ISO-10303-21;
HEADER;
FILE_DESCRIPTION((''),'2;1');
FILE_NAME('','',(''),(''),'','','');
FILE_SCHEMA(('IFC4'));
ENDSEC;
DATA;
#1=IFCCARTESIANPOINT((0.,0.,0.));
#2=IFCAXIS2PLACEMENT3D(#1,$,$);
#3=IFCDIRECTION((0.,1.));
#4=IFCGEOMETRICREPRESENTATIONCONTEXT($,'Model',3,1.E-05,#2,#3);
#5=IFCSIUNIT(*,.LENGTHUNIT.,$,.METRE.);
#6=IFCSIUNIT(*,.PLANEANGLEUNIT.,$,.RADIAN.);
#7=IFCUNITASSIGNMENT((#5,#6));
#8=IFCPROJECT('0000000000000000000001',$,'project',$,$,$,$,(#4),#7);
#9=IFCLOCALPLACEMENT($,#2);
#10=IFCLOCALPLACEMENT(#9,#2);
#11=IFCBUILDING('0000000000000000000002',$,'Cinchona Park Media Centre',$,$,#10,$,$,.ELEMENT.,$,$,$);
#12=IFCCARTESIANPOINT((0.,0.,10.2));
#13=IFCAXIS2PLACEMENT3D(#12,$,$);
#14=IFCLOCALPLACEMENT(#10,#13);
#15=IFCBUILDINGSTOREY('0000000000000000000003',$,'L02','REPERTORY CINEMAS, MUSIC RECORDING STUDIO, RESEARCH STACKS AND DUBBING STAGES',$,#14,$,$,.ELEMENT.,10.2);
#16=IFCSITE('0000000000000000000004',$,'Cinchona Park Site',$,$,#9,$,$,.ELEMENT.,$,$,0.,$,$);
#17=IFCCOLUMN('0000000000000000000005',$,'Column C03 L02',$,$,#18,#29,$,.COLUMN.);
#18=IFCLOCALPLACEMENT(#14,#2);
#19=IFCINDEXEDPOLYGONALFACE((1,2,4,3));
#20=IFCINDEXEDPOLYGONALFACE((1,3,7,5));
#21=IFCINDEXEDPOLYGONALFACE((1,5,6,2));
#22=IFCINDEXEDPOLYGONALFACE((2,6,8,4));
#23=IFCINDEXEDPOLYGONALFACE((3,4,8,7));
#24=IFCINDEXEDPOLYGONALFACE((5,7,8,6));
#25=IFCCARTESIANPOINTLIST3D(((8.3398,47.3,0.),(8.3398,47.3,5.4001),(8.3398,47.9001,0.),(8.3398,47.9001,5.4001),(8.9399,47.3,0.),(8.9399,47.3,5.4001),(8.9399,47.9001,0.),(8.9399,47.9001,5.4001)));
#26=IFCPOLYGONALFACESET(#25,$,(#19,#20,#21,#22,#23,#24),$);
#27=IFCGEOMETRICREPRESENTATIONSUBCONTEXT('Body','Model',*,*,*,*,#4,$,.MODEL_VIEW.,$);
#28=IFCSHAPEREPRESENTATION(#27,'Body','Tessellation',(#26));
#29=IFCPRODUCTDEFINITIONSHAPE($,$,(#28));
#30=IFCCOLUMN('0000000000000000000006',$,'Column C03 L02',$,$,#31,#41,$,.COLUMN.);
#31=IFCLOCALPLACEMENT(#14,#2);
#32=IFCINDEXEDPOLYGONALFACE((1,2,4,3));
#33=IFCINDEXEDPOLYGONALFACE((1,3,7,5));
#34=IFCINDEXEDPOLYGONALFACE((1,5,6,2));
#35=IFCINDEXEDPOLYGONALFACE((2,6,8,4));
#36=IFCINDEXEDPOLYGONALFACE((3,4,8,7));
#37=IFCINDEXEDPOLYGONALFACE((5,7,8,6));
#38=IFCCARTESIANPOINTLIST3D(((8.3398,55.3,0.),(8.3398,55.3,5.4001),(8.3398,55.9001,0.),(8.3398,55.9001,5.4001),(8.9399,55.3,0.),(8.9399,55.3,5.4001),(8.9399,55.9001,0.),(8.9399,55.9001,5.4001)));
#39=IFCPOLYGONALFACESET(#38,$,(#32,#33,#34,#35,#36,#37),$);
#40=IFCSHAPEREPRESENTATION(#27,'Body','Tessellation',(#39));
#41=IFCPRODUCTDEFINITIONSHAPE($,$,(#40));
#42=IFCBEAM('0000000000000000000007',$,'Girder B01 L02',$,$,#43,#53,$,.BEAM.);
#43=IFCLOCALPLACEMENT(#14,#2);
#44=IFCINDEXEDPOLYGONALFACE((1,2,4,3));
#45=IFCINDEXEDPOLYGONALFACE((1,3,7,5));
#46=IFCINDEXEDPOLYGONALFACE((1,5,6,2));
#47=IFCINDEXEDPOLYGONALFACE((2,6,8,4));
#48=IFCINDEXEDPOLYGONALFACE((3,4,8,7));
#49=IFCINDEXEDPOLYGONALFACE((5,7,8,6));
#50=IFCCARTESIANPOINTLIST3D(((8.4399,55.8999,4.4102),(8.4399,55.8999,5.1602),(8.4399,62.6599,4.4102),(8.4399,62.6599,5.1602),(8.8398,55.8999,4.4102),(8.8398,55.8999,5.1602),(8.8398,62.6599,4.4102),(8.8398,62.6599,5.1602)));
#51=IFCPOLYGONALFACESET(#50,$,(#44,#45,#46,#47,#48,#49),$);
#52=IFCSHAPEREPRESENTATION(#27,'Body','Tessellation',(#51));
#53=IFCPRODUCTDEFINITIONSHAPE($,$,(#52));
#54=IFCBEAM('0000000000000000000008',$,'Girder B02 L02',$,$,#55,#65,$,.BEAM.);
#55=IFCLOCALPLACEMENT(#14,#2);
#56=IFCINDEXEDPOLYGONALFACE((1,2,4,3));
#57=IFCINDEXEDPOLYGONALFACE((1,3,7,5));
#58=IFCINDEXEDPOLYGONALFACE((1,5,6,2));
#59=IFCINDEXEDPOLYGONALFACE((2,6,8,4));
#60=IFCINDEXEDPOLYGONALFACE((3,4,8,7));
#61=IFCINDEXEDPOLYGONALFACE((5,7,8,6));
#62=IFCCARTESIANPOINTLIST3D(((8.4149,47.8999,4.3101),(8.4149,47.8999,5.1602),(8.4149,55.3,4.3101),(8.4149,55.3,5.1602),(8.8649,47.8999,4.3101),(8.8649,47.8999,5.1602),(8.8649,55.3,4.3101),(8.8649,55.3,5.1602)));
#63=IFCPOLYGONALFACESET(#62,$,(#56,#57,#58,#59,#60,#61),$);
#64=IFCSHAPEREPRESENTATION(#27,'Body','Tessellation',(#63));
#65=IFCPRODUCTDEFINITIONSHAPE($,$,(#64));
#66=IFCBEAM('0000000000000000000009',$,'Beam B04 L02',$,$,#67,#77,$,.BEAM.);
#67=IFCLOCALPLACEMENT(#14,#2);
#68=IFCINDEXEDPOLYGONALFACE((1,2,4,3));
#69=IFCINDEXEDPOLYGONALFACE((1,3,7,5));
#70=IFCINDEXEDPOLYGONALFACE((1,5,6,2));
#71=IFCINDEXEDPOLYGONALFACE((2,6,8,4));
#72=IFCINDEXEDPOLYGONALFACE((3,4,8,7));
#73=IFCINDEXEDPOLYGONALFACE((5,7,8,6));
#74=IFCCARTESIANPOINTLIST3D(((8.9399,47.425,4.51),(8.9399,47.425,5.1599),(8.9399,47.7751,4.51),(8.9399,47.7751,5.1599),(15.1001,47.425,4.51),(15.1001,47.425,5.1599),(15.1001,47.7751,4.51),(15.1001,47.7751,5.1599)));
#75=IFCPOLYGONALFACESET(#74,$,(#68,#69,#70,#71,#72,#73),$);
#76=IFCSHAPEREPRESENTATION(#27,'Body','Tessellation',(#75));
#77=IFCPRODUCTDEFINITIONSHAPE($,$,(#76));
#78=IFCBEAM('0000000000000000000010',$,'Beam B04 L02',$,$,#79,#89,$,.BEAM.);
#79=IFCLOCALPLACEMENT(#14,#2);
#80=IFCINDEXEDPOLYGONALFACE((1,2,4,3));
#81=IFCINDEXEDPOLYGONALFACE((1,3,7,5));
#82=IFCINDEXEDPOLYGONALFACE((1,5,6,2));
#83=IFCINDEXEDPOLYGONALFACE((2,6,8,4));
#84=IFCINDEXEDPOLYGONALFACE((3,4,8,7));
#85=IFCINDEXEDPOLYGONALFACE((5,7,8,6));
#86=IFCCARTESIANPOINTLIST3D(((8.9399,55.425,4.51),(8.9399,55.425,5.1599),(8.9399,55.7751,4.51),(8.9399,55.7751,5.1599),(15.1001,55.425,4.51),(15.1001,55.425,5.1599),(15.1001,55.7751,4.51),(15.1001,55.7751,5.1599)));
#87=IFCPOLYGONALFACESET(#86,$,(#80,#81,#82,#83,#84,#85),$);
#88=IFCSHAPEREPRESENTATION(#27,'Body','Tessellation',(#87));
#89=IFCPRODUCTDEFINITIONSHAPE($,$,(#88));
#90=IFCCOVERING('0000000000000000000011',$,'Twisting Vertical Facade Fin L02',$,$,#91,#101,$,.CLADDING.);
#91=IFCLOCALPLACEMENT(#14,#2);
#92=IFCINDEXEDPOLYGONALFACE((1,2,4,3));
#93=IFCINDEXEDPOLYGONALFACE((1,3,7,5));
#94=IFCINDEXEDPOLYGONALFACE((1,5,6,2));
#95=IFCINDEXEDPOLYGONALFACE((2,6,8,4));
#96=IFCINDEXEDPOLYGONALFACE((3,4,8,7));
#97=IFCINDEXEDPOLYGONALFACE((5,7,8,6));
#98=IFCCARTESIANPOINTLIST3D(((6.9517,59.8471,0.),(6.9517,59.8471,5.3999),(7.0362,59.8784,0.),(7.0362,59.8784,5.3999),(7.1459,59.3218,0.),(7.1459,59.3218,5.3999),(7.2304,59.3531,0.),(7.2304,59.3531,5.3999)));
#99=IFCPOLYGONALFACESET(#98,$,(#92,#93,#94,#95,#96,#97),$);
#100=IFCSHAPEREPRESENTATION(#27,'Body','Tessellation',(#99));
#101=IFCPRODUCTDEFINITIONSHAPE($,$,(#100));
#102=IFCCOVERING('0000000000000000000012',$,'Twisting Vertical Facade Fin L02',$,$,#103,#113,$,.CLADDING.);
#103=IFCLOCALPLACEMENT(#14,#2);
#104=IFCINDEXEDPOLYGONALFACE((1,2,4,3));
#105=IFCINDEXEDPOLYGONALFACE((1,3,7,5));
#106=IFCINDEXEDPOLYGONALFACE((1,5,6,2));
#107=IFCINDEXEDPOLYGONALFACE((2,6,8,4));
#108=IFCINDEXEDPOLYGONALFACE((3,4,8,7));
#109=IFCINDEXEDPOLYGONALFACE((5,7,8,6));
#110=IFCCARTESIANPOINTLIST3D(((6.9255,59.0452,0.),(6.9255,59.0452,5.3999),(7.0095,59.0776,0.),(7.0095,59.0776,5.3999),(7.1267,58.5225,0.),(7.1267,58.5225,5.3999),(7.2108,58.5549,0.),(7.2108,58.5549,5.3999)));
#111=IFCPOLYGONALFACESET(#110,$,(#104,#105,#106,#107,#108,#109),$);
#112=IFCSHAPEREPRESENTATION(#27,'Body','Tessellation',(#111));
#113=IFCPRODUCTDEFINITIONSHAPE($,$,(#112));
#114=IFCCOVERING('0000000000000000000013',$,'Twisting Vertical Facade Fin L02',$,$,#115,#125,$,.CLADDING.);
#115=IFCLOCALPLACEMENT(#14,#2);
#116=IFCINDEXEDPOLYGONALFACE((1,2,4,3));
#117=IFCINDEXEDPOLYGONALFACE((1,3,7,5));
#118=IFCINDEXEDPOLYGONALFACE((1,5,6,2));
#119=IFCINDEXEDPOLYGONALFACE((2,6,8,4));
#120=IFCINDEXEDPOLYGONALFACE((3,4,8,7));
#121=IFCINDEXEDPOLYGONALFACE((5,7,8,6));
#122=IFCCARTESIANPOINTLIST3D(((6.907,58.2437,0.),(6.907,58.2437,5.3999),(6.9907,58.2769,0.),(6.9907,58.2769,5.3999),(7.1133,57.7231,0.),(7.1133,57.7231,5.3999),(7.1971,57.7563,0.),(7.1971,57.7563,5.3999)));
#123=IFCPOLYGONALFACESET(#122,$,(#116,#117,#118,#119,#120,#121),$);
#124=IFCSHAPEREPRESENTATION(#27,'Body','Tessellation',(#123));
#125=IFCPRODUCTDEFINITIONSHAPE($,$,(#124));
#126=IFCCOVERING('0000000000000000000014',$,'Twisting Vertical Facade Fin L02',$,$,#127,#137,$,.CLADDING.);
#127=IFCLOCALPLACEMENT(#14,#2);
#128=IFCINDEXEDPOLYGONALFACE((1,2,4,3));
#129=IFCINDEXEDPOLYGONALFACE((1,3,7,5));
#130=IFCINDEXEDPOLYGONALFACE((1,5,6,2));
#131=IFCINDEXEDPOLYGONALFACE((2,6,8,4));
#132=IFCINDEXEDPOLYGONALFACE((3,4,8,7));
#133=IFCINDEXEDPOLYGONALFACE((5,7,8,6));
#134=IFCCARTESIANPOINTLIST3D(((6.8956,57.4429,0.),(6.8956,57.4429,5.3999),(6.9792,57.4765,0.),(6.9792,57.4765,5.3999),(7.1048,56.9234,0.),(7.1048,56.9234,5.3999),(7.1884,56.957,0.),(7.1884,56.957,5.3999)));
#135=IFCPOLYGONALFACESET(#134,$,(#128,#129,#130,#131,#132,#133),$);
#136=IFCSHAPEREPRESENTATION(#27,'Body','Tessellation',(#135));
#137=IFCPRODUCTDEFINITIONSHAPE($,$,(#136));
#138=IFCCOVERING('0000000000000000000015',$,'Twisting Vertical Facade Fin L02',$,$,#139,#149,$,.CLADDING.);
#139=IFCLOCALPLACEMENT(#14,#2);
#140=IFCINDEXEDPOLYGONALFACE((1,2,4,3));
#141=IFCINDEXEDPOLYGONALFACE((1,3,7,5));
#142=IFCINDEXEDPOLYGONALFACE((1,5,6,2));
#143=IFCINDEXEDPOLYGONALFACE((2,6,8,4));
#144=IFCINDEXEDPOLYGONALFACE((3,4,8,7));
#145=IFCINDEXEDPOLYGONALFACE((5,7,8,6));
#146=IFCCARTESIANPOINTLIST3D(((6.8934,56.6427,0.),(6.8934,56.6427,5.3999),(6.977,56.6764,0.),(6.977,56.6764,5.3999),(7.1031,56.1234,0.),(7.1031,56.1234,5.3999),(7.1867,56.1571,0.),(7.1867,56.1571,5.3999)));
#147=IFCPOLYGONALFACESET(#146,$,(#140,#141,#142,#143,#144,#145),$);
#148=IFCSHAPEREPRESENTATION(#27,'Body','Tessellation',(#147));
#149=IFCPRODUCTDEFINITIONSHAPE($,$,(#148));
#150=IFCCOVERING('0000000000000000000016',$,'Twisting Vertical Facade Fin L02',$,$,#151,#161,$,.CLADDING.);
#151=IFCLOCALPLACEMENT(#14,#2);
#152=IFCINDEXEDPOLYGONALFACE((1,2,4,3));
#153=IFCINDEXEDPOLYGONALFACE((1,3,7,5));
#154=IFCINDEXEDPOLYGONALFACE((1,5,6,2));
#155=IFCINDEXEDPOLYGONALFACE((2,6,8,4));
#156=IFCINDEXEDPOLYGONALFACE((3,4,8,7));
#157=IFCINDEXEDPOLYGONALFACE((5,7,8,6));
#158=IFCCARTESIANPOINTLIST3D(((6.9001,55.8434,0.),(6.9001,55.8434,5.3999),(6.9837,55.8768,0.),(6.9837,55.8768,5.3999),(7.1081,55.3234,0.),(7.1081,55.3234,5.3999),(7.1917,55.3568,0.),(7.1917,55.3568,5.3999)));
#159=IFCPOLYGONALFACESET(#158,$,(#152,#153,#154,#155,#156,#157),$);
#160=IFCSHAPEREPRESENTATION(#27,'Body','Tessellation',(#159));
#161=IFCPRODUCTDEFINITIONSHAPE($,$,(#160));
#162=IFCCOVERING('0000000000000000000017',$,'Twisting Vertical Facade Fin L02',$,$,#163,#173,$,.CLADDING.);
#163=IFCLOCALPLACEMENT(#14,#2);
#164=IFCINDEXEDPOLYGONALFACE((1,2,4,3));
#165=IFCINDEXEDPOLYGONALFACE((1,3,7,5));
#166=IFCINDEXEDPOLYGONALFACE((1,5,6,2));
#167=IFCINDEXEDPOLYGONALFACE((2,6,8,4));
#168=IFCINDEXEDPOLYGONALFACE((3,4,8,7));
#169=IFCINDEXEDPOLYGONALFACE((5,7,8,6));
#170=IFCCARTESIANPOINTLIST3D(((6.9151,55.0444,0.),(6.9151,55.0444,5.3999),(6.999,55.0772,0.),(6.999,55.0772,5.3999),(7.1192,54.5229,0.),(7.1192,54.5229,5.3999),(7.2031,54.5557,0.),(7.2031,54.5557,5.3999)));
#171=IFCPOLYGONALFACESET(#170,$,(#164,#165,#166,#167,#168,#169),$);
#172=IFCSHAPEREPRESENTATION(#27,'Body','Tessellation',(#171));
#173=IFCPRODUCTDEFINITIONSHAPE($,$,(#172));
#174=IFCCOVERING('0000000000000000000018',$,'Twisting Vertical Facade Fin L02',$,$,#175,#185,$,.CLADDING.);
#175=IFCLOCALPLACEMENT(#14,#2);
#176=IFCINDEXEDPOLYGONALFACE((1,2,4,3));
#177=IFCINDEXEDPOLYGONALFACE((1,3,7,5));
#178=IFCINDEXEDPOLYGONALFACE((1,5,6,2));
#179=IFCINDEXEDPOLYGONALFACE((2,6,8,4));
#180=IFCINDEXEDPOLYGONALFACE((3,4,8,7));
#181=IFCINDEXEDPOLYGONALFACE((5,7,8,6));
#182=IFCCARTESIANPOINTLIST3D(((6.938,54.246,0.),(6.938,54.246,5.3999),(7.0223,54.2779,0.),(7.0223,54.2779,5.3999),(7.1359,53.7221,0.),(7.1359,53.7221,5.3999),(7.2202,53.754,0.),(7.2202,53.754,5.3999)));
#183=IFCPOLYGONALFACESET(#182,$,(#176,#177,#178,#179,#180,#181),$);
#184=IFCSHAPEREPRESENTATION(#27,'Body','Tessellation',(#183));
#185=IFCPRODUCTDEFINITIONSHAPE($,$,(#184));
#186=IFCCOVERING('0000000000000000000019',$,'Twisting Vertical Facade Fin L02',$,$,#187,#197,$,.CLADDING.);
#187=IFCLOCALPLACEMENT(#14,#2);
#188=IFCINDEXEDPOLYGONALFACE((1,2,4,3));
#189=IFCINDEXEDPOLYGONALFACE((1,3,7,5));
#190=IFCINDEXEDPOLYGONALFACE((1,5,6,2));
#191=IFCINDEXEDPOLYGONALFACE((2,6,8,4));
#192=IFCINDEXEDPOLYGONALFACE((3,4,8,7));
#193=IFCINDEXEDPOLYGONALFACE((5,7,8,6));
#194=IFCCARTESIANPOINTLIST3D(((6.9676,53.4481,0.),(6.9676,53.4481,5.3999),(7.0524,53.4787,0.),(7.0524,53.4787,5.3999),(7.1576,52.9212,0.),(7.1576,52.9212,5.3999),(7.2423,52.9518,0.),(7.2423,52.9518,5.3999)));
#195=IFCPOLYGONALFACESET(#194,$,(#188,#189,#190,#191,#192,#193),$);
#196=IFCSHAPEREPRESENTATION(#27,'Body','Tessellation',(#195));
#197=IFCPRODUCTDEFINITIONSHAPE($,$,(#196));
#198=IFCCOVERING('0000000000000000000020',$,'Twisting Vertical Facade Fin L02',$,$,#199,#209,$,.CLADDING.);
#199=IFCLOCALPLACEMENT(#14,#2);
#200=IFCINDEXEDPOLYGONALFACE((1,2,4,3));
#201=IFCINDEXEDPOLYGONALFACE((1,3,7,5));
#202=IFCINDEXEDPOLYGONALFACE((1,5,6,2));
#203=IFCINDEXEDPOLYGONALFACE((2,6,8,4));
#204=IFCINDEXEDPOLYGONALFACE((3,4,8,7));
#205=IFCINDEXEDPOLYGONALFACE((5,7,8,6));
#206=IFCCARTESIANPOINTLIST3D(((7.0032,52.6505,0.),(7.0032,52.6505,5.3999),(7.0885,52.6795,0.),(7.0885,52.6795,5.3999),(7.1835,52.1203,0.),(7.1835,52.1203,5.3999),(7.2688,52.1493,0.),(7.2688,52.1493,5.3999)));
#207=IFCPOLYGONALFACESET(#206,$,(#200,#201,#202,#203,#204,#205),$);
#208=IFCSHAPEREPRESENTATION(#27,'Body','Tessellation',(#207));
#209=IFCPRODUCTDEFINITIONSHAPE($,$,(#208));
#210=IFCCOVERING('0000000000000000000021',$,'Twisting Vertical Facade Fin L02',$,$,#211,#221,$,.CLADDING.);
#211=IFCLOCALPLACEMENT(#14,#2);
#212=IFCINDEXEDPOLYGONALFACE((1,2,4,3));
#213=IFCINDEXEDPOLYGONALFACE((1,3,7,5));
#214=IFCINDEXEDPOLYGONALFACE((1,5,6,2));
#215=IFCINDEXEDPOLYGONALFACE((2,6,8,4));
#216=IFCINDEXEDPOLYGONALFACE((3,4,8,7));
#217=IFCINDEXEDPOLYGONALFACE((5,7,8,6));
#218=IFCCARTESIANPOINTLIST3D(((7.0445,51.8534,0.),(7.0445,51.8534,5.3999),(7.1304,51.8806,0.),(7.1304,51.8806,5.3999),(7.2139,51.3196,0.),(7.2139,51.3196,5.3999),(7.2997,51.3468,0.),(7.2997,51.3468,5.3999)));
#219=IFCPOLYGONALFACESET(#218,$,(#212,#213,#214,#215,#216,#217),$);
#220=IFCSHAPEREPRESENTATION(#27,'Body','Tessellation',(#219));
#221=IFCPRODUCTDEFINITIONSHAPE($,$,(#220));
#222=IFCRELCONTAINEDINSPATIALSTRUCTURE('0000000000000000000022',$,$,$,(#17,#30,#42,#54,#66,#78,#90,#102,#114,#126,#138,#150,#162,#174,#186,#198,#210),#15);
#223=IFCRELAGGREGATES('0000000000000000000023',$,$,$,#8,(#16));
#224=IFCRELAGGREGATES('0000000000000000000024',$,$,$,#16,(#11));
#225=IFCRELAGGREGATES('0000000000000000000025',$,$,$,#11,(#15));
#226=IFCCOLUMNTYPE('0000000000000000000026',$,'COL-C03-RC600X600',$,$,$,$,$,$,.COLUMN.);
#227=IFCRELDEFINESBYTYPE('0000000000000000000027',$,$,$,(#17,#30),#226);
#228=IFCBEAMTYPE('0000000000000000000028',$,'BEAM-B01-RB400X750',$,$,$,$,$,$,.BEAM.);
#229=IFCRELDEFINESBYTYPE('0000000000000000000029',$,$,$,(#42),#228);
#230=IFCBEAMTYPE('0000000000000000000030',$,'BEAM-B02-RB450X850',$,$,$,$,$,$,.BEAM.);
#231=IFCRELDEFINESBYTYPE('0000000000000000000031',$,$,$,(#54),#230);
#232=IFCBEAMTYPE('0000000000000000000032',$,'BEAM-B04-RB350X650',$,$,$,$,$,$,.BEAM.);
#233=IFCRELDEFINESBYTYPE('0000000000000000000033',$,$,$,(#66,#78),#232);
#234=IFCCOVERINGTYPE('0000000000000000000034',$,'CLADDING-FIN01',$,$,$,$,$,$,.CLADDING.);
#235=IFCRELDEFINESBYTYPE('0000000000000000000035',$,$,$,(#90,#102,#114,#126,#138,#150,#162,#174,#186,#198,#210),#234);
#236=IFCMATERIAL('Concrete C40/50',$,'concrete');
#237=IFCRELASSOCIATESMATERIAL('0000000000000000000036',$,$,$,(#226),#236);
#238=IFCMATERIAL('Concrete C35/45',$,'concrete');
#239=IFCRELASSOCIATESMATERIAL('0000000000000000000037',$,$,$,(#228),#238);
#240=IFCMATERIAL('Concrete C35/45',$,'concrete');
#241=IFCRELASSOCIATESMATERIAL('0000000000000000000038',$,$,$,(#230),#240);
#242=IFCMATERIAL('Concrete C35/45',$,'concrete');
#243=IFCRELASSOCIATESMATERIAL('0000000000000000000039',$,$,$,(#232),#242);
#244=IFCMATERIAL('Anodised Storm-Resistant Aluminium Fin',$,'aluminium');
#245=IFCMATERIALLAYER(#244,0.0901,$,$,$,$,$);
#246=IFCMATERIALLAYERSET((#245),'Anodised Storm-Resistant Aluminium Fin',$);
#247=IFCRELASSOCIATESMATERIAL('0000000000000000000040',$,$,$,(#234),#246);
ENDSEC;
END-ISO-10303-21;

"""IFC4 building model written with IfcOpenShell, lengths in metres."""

from ifc_helpers import new_model, si_unit, direction, frame, origin, origin_2d, place, context, subcontext, project, spatial, rectangle, extrude, material, layer, layer_set, material_profile, profile_set, type_object, element, save


model = new_model("IFC4")

# Units and contexts
model_context = context("Model", 3, precision=1e-05, world=origin(), true_north=direction((0.0, 1.0)))
body_context = subcontext(model_context, "Body", "Model", "MODEL_VIEW")
ifc_project = project(units=[si_unit("LENGTHUNIT", "METRE"), si_unit("PLANEANGLEUNIT", "RADIAN")], contexts=[model_context])

# Site, building, storey
site_placement = place(None, origin())
site = spatial("IfcSite", under=ifc_project, at=site_placement, Name="Cinchona Park Site", CompositionType="ELEMENT", RefElevation=0.0)
building_placement = place(site_placement, origin())
building = spatial("IfcBuilding", under=site, at=building_placement, Name="Cinchona Park Media Centre", CompositionType="ELEMENT")
storey_placement = place(building_placement, frame((0.0, 0.0, 10.2)))
storey = spatial("IfcBuildingStorey", under=building, at=storey_placement, Name="L02", Description="REPERTORY CINEMAS, MUSIC RECORDING STUDIO, RESEARCH STACKS AND DUBBING STAGES", CompositionType="ELEMENT", Elevation=10.2)

# Columns
ifc_material_1 = material(Name="Concrete C40/50", Category="concrete")
ifc_material_profile_1 = material_profile(ifc_material_1, rectangle(XDim=0.6001, YDim=0.6001, at=origin_2d()), Name="RC 600X600")
ifc_profile_set_1 = profile_set([ifc_material_profile_1], Name="Concrete C40/50")
column_type = type_object("IfcColumnType", Name="COL-C03-RC600X600", PredefinedType="COLUMN", material=ifc_profile_set_1)
for number, where, z_axis, x_axis, name in (
    (1, (8.6399, 47.6001, 0.0), (0.0, 0.0, 1.0), (1.0, 0.0, 0.0), "Column C03 L02"),
    (2, (8.6399, 55.6001, 0.0), (0.0, 0.0, 1.0), (1.0, 0.0, 0.0), "Column C03 L02"),
):
    element("IfcColumn", number, at=place(storey_placement, frame(where, z_axis=z_axis, x_axis=x_axis)), inside=storey, type_object=column_type, Name=name, PredefinedType="COLUMN", context=body_context, shape_type="SweptSolid", body=[
        extrude(rectangle(XDim=0.6001, YDim=0.6001, at=origin_2d()), origin(), (0.0, 0.0, 1.0), 5.4001),
    ])

# Beams
ifc_material_2 = material(Name="Concrete C35/45", Category="concrete")
ifc_material_profile_2 = material_profile(ifc_material_2, rectangle(XDim=0.3999, YDim=0.75, at=origin_2d()), Name="RB 400X750")
ifc_profile_set_2 = profile_set([ifc_material_profile_2], Name="Concrete C35/45")
beam_type_1 = type_object("IfcBeamType", Name="BEAM-B01-RB400X750", PredefinedType="BEAM", material=ifc_profile_set_2)
beam_1_placement = place(storey_placement, frame((8.6399, 55.8999, 4.7852), z_axis=(0.0, 1.0, 0.0), x_axis=(-1.0, 0.0, 0.0)))
element("IfcBeam", 3, at=beam_1_placement, inside=storey, type_object=beam_type_1, Name="Girder B01 L02", PredefinedType="BEAM", context=body_context, shape_type="SweptSolid", body=[
    extrude(rectangle(XDim=0.3999, YDim=0.75, at=origin_2d()), origin(), (0.0, 0.0, 1.0), 6.76),
])
ifc_material_3 = material(Name="Concrete C35/45", Category="concrete")
ifc_material_profile_3 = material_profile(ifc_material_3, rectangle(XDim=0.45, YDim=0.8501, at=origin_2d()), Name="RB 450X850")
ifc_profile_set_3 = profile_set([ifc_material_profile_3], Name="Concrete C35/45")
beam_type_2 = type_object("IfcBeamType", Name="BEAM-B02-RB450X850", PredefinedType="BEAM", material=ifc_profile_set_3)
beam_2_placement = place(storey_placement, frame((8.6399, 47.8999, 4.7351), z_axis=(0.0, 1.0, 0.0), x_axis=(-1.0, 0.0, 0.0)))
element("IfcBeam", 4, at=beam_2_placement, inside=storey, type_object=beam_type_2, Name="Girder B02 L02", PredefinedType="BEAM", context=body_context, shape_type="SweptSolid", body=[
    extrude(rectangle(XDim=0.45, YDim=0.8501, at=origin_2d()), origin(), (0.0, 0.0, 1.0), 7.4001),
])
ifc_material_4 = material(Name="Concrete C35/45", Category="concrete")
ifc_material_profile_4 = material_profile(ifc_material_4, rectangle(XDim=0.3501, YDim=0.6499, at=origin_2d()), Name="RB 350X650")
ifc_profile_set_4 = profile_set([ifc_material_profile_4], Name="Concrete C35/45")
beam_type_3 = type_object("IfcBeamType", Name="BEAM-B04-RB350X650", PredefinedType="BEAM", material=ifc_profile_set_4)
for number, where, z_axis, x_axis, name in (
    (5, (8.9399, 47.6001, 4.835), (1.0, 0.0, 0.0), (0.0, 1.0, 0.0), "Beam B04 L02"),
    (6, (8.9399, 55.6001, 4.835), (1.0, 0.0, 0.0), (0.0, 1.0, 0.0), "Beam B04 L02"),
):
    element("IfcBeam", number, at=place(storey_placement, frame(where, z_axis=z_axis, x_axis=x_axis)), inside=storey, type_object=beam_type_3, Name=name, PredefinedType="BEAM", context=body_context, shape_type="SweptSolid", body=[
        extrude(rectangle(XDim=0.3501, YDim=0.6499, at=origin_2d()), origin(), (0.0, 0.0, 1.0), 6.1602),
    ])

# Coverings
ifc_material_5 = material(Name="Anodised Storm-Resistant Aluminium Fin", Category="aluminium")
ifc_layer = layer(ifc_material_5, 0.0901)
ifc_layer_set = layer_set([ifc_layer], Name="Anodised Storm-Resistant Aluminium Fin")
covering_type = type_object("IfcCoveringType", Name="CLADDING-FIN01", PredefinedType="CLADDING", material=ifc_layer_set)
for number, where, z_axis, x_axis, name in (
    (7, (7.0911, 59.6001, 0.0), (0.0, 0.0, 1.0), (0.346772, -0.937949, 0.0), "Twisting Vertical Facade Fin L02"),
    (8, (7.0681, 58.8, 0.0), (0.0, 0.0, 1.0), (0.359345, -0.933205, 0.0), "Twisting Vertical Facade Fin L02"),
    (9, (7.052, 58.0, 0.0), (0.0, 0.0, 1.0), (0.368449, -0.929648, 0.0), "Twisting Vertical Facade Fin L02"),
    (10, (7.042, 57.2, 0.0), (0.0, 0.0, 1.0), (0.373474, -0.927641, 0.0), "Twisting Vertical Facade Fin L02"),
    (11, (7.04, 56.3999, 0.0), (0.0, 0.0, 1.0), (0.374445, -0.927249, 0.0), "Twisting Vertical Facade Fin L02"),
    (12, (7.0459, 55.6001, 0.0), (0.0, 0.0, 1.0), (0.371368, -0.928486, 0.0), "Twisting Vertical Facade Fin L02"),
    (13, (7.0591, 54.8, 0.0), (0.0, 0.0, 1.0), (0.364389, -0.931247, 0.0), "Twisting Vertical Facade Fin L02"),
    (14, (7.0791, 54.0, 0.0), (0.0, 0.0, 1.0), (0.353475, -0.935444, 0.0), "Twisting Vertical Facade Fin L02"),
    (15, (7.105, 53.2, 0.0), (0.0, 0.0, 1.0), (0.339231, -0.940703, 0.0), "Twisting Vertical Facade Fin L02"),
    (16, (7.136, 52.3999, 0.0), (0.0, 0.0, 1.0), (0.321935, -0.946762, 0.0), "Twisting Vertical Facade Fin L02"),
    (17, (7.1721, 51.6001, 0.0), (0.0, 0.0, 1.0), (0.30237, -0.953191, 0.0), "Twisting Vertical Facade Fin L02"),
):
    element("IfcCovering", number, at=place(storey_placement, frame(where, z_axis=z_axis, x_axis=x_axis)), inside=storey, type_object=covering_type, Name=name, PredefinedType="CLADDING", context=body_context, shape_type="SweptSolid", body=[
        extrude(rectangle(XDim=0.5601, YDim=0.0901, at=origin_2d()), origin(), (0.0, 0.0, 1.0), 5.3999),
    ])

save(model, "model.ifc")
